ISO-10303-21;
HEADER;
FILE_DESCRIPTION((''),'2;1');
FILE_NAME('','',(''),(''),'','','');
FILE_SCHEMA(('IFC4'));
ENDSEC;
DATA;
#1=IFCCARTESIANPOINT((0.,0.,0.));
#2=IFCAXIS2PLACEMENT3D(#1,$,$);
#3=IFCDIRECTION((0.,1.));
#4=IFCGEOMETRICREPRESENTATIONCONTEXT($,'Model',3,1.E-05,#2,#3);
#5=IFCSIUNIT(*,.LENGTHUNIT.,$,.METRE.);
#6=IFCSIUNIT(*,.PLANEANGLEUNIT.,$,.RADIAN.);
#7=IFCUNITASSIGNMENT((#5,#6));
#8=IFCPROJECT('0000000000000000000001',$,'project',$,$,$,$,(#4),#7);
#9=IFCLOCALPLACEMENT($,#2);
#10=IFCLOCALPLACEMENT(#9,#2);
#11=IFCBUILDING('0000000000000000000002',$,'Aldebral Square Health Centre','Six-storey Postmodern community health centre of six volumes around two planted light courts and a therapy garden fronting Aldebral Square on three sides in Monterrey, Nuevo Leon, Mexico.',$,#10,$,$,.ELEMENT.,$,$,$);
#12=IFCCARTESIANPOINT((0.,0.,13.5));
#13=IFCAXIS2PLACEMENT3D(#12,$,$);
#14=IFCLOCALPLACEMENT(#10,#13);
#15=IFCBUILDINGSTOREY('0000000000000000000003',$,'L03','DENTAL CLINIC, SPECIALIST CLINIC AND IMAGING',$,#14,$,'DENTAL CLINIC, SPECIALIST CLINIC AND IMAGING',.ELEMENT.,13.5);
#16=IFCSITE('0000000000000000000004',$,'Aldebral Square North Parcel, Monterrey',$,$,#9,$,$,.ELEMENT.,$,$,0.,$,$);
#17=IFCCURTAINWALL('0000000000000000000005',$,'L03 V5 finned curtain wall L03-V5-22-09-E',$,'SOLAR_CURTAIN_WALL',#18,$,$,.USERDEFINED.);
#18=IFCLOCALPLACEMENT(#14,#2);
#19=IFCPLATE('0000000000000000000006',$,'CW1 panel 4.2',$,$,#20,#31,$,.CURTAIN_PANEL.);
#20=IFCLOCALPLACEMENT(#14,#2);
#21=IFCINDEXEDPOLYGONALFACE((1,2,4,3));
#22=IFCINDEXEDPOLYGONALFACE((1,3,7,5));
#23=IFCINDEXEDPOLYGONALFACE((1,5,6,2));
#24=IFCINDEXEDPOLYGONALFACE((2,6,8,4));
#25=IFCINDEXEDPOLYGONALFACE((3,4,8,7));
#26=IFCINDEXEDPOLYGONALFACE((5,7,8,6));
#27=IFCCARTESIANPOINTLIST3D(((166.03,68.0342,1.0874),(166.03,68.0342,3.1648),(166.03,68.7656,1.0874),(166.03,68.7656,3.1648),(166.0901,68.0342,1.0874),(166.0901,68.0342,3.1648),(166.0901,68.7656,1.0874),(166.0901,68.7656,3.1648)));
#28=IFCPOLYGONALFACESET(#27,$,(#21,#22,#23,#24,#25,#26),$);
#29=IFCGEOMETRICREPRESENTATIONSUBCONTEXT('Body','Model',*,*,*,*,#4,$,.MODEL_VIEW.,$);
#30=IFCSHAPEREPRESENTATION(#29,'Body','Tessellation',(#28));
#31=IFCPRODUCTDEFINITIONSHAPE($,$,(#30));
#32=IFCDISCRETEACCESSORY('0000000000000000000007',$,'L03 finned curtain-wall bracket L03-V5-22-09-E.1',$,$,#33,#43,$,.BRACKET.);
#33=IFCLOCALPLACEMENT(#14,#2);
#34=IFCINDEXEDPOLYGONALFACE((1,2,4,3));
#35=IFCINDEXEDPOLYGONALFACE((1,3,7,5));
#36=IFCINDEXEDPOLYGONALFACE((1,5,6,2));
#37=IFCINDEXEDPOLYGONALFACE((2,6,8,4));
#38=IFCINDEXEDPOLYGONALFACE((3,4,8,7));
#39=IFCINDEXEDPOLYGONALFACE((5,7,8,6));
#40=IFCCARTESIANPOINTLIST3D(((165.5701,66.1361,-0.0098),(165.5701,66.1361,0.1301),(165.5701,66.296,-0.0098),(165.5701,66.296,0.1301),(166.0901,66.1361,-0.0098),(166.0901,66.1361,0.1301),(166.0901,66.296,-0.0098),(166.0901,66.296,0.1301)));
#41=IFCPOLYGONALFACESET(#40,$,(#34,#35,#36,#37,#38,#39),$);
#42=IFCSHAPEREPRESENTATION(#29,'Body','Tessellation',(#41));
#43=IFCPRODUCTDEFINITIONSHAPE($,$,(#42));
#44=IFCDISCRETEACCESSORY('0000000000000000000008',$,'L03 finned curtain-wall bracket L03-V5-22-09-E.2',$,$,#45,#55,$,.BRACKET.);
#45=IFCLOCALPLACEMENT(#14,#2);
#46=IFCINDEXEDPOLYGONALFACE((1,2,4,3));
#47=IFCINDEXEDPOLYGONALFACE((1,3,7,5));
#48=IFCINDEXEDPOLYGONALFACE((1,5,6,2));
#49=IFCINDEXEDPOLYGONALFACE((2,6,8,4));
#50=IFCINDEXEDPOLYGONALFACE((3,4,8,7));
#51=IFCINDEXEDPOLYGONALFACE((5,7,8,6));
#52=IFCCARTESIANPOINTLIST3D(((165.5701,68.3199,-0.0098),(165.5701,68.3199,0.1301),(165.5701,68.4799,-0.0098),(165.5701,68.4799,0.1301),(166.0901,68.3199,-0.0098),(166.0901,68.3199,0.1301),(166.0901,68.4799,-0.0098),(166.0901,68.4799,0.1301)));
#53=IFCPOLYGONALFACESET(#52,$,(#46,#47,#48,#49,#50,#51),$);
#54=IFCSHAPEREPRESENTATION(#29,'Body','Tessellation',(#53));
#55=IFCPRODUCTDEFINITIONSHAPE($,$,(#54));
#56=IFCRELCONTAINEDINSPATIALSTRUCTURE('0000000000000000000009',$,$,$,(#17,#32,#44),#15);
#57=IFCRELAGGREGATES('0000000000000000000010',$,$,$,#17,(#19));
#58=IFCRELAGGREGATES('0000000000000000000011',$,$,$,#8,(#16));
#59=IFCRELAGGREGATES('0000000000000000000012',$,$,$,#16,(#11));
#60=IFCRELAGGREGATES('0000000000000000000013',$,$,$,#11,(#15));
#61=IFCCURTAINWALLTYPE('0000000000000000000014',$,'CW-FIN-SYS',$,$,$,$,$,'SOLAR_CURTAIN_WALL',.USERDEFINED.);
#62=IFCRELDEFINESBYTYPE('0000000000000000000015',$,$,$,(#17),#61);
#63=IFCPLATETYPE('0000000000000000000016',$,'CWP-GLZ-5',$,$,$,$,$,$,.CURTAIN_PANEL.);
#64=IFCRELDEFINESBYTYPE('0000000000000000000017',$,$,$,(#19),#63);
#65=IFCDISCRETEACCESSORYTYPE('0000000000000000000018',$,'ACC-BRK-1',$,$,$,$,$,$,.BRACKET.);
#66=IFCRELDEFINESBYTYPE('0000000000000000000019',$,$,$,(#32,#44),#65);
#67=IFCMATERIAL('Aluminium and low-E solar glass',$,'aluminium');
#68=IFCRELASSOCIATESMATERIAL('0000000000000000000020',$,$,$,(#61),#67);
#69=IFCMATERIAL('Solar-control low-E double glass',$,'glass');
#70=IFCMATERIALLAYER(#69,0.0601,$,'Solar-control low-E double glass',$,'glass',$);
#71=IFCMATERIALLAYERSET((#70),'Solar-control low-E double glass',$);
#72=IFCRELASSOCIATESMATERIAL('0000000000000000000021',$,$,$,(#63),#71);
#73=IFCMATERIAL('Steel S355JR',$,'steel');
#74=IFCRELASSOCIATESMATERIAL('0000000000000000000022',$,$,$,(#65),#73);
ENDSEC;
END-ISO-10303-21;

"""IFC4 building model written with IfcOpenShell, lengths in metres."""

from ifc_helpers import new_model, si_unit, direction, frame, origin, origin_2d, place, context, subcontext, project, spatial, rectangle, extrude, material, layer, layer_set, type_object, element, aggregate, save


model = new_model("IFC4")

# Units and contexts
model_context = context("Model", 3, precision=1e-05, world=origin(), true_north=direction((0.0, 1.0)))
body_context = subcontext(model_context, "Body", "Model", "MODEL_VIEW")
ifc_project = project(units=[si_unit("LENGTHUNIT", "METRE"), si_unit("PLANEANGLEUNIT", "RADIAN")], contexts=[model_context])

# Site, building, storey
site_placement = place(None, origin())
site = spatial("IfcSite", under=ifc_project, at=site_placement, Name="Aldebral Square North Parcel, Monterrey", CompositionType="ELEMENT", RefElevation=0.0)
building_placement = place(site_placement, origin())
building = spatial("IfcBuilding", under=site, at=building_placement, Name="Aldebral Square Health Centre", Description="Six-storey Postmodern community health centre of six volumes around two planted light courts and a therapy garden fronting Aldebral Square on three sides in Monterrey, Nuevo Leon, Mexico.", CompositionType="ELEMENT")
storey_placement = place(building_placement, frame((0.0, 0.0, 13.5)))
storey = spatial("IfcBuildingStorey", under=building, at=storey_placement, Name="L03", Description="DENTAL CLINIC, SPECIALIST CLINIC AND IMAGING", LongName="DENTAL CLINIC, SPECIALIST CLINIC AND IMAGING", CompositionType="ELEMENT", Elevation=13.5)

# Curtain wall, plate
ifc_material_1 = material(Name="Aluminium and low-E solar glass", Category="aluminium")
curtain_wall_type = type_object("IfcCurtainWallType", Name="CW-FIN-SYS", ElementType="SOLAR_CURTAIN_WALL", PredefinedType="USERDEFINED", material=ifc_material_1)
curtain_wall_placement = place(storey_placement, origin())
curtain_wall = element("IfcCurtainWall", 1, at=curtain_wall_placement, inside=storey, type_object=curtain_wall_type, Name="L03 V5 finned curtain wall L03-V5-22-09-E", ObjectType="SOLAR_CURTAIN_WALL", PredefinedType="USERDEFINED")
ifc_material_2 = material(Name="Solar-control low-E double glass", Category="glass")
ifc_layer = layer(ifc_material_2, 0.0601, Name="Solar-control low-E double glass", Category="glass")
ifc_layer_set = layer_set([ifc_layer], Name="Solar-control low-E double glass")
plate_type = type_object("IfcPlateType", Name="CWP-GLZ-5", PredefinedType="CURTAIN_PANEL", material=ifc_layer_set)
plate_1_placement = place(storey_placement, frame((166.0601, 68.3999, 1.0874), z_axis=(0.0, 0.0, 1.0), x_axis=(0.0, 1.0, 0.0)))
plate_1 = element("IfcPlate", 2, at=plate_1_placement, type_object=plate_type, Name="CW1 panel 4.2", PredefinedType="CURTAIN_PANEL", context=body_context, shape_type="SweptSolid", body=[
    extrude(rectangle(XDim=0.7314, YDim=0.0601, at=origin_2d()), origin(), (0.0, 0.0, 1.0), 2.0774),
])
aggregate(curtain_wall, [plate_1])

# Discrete accessories
ifc_material_3 = material(Name="Steel S355JR", Category="steel")
discrete_accessory_type = type_object("IfcDiscreteAccessoryType", Name="ACC-BRK-1", PredefinedType="BRACKET", material=ifc_material_3)
for number, where, z_axis, x_axis, name in (
    (3, (165.8301, 66.2161, -0.0098), (0.0, 0.0, 1.0), (0.0, 1.0, 0.0), "L03 finned curtain-wall bracket L03-V5-22-09-E.1"),
    (4, (165.8301, 68.3999, -0.0098), (0.0, 0.0, 1.0), (0.0, 1.0, 0.0), "L03 finned curtain-wall bracket L03-V5-22-09-E.2"),
):
    element("IfcDiscreteAccessory", number, at=place(storey_placement, frame(where, z_axis=z_axis, x_axis=x_axis)), inside=storey, type_object=discrete_accessory_type, Name=name, PredefinedType="BRACKET", context=body_context, shape_type="SweptSolid", body=[
        extrude(rectangle(XDim=0.1599, YDim=0.52, at=origin_2d()), origin(), (0.0, 0.0, 1.0), 0.1399),
    ])

save(model, "model.ifc")
